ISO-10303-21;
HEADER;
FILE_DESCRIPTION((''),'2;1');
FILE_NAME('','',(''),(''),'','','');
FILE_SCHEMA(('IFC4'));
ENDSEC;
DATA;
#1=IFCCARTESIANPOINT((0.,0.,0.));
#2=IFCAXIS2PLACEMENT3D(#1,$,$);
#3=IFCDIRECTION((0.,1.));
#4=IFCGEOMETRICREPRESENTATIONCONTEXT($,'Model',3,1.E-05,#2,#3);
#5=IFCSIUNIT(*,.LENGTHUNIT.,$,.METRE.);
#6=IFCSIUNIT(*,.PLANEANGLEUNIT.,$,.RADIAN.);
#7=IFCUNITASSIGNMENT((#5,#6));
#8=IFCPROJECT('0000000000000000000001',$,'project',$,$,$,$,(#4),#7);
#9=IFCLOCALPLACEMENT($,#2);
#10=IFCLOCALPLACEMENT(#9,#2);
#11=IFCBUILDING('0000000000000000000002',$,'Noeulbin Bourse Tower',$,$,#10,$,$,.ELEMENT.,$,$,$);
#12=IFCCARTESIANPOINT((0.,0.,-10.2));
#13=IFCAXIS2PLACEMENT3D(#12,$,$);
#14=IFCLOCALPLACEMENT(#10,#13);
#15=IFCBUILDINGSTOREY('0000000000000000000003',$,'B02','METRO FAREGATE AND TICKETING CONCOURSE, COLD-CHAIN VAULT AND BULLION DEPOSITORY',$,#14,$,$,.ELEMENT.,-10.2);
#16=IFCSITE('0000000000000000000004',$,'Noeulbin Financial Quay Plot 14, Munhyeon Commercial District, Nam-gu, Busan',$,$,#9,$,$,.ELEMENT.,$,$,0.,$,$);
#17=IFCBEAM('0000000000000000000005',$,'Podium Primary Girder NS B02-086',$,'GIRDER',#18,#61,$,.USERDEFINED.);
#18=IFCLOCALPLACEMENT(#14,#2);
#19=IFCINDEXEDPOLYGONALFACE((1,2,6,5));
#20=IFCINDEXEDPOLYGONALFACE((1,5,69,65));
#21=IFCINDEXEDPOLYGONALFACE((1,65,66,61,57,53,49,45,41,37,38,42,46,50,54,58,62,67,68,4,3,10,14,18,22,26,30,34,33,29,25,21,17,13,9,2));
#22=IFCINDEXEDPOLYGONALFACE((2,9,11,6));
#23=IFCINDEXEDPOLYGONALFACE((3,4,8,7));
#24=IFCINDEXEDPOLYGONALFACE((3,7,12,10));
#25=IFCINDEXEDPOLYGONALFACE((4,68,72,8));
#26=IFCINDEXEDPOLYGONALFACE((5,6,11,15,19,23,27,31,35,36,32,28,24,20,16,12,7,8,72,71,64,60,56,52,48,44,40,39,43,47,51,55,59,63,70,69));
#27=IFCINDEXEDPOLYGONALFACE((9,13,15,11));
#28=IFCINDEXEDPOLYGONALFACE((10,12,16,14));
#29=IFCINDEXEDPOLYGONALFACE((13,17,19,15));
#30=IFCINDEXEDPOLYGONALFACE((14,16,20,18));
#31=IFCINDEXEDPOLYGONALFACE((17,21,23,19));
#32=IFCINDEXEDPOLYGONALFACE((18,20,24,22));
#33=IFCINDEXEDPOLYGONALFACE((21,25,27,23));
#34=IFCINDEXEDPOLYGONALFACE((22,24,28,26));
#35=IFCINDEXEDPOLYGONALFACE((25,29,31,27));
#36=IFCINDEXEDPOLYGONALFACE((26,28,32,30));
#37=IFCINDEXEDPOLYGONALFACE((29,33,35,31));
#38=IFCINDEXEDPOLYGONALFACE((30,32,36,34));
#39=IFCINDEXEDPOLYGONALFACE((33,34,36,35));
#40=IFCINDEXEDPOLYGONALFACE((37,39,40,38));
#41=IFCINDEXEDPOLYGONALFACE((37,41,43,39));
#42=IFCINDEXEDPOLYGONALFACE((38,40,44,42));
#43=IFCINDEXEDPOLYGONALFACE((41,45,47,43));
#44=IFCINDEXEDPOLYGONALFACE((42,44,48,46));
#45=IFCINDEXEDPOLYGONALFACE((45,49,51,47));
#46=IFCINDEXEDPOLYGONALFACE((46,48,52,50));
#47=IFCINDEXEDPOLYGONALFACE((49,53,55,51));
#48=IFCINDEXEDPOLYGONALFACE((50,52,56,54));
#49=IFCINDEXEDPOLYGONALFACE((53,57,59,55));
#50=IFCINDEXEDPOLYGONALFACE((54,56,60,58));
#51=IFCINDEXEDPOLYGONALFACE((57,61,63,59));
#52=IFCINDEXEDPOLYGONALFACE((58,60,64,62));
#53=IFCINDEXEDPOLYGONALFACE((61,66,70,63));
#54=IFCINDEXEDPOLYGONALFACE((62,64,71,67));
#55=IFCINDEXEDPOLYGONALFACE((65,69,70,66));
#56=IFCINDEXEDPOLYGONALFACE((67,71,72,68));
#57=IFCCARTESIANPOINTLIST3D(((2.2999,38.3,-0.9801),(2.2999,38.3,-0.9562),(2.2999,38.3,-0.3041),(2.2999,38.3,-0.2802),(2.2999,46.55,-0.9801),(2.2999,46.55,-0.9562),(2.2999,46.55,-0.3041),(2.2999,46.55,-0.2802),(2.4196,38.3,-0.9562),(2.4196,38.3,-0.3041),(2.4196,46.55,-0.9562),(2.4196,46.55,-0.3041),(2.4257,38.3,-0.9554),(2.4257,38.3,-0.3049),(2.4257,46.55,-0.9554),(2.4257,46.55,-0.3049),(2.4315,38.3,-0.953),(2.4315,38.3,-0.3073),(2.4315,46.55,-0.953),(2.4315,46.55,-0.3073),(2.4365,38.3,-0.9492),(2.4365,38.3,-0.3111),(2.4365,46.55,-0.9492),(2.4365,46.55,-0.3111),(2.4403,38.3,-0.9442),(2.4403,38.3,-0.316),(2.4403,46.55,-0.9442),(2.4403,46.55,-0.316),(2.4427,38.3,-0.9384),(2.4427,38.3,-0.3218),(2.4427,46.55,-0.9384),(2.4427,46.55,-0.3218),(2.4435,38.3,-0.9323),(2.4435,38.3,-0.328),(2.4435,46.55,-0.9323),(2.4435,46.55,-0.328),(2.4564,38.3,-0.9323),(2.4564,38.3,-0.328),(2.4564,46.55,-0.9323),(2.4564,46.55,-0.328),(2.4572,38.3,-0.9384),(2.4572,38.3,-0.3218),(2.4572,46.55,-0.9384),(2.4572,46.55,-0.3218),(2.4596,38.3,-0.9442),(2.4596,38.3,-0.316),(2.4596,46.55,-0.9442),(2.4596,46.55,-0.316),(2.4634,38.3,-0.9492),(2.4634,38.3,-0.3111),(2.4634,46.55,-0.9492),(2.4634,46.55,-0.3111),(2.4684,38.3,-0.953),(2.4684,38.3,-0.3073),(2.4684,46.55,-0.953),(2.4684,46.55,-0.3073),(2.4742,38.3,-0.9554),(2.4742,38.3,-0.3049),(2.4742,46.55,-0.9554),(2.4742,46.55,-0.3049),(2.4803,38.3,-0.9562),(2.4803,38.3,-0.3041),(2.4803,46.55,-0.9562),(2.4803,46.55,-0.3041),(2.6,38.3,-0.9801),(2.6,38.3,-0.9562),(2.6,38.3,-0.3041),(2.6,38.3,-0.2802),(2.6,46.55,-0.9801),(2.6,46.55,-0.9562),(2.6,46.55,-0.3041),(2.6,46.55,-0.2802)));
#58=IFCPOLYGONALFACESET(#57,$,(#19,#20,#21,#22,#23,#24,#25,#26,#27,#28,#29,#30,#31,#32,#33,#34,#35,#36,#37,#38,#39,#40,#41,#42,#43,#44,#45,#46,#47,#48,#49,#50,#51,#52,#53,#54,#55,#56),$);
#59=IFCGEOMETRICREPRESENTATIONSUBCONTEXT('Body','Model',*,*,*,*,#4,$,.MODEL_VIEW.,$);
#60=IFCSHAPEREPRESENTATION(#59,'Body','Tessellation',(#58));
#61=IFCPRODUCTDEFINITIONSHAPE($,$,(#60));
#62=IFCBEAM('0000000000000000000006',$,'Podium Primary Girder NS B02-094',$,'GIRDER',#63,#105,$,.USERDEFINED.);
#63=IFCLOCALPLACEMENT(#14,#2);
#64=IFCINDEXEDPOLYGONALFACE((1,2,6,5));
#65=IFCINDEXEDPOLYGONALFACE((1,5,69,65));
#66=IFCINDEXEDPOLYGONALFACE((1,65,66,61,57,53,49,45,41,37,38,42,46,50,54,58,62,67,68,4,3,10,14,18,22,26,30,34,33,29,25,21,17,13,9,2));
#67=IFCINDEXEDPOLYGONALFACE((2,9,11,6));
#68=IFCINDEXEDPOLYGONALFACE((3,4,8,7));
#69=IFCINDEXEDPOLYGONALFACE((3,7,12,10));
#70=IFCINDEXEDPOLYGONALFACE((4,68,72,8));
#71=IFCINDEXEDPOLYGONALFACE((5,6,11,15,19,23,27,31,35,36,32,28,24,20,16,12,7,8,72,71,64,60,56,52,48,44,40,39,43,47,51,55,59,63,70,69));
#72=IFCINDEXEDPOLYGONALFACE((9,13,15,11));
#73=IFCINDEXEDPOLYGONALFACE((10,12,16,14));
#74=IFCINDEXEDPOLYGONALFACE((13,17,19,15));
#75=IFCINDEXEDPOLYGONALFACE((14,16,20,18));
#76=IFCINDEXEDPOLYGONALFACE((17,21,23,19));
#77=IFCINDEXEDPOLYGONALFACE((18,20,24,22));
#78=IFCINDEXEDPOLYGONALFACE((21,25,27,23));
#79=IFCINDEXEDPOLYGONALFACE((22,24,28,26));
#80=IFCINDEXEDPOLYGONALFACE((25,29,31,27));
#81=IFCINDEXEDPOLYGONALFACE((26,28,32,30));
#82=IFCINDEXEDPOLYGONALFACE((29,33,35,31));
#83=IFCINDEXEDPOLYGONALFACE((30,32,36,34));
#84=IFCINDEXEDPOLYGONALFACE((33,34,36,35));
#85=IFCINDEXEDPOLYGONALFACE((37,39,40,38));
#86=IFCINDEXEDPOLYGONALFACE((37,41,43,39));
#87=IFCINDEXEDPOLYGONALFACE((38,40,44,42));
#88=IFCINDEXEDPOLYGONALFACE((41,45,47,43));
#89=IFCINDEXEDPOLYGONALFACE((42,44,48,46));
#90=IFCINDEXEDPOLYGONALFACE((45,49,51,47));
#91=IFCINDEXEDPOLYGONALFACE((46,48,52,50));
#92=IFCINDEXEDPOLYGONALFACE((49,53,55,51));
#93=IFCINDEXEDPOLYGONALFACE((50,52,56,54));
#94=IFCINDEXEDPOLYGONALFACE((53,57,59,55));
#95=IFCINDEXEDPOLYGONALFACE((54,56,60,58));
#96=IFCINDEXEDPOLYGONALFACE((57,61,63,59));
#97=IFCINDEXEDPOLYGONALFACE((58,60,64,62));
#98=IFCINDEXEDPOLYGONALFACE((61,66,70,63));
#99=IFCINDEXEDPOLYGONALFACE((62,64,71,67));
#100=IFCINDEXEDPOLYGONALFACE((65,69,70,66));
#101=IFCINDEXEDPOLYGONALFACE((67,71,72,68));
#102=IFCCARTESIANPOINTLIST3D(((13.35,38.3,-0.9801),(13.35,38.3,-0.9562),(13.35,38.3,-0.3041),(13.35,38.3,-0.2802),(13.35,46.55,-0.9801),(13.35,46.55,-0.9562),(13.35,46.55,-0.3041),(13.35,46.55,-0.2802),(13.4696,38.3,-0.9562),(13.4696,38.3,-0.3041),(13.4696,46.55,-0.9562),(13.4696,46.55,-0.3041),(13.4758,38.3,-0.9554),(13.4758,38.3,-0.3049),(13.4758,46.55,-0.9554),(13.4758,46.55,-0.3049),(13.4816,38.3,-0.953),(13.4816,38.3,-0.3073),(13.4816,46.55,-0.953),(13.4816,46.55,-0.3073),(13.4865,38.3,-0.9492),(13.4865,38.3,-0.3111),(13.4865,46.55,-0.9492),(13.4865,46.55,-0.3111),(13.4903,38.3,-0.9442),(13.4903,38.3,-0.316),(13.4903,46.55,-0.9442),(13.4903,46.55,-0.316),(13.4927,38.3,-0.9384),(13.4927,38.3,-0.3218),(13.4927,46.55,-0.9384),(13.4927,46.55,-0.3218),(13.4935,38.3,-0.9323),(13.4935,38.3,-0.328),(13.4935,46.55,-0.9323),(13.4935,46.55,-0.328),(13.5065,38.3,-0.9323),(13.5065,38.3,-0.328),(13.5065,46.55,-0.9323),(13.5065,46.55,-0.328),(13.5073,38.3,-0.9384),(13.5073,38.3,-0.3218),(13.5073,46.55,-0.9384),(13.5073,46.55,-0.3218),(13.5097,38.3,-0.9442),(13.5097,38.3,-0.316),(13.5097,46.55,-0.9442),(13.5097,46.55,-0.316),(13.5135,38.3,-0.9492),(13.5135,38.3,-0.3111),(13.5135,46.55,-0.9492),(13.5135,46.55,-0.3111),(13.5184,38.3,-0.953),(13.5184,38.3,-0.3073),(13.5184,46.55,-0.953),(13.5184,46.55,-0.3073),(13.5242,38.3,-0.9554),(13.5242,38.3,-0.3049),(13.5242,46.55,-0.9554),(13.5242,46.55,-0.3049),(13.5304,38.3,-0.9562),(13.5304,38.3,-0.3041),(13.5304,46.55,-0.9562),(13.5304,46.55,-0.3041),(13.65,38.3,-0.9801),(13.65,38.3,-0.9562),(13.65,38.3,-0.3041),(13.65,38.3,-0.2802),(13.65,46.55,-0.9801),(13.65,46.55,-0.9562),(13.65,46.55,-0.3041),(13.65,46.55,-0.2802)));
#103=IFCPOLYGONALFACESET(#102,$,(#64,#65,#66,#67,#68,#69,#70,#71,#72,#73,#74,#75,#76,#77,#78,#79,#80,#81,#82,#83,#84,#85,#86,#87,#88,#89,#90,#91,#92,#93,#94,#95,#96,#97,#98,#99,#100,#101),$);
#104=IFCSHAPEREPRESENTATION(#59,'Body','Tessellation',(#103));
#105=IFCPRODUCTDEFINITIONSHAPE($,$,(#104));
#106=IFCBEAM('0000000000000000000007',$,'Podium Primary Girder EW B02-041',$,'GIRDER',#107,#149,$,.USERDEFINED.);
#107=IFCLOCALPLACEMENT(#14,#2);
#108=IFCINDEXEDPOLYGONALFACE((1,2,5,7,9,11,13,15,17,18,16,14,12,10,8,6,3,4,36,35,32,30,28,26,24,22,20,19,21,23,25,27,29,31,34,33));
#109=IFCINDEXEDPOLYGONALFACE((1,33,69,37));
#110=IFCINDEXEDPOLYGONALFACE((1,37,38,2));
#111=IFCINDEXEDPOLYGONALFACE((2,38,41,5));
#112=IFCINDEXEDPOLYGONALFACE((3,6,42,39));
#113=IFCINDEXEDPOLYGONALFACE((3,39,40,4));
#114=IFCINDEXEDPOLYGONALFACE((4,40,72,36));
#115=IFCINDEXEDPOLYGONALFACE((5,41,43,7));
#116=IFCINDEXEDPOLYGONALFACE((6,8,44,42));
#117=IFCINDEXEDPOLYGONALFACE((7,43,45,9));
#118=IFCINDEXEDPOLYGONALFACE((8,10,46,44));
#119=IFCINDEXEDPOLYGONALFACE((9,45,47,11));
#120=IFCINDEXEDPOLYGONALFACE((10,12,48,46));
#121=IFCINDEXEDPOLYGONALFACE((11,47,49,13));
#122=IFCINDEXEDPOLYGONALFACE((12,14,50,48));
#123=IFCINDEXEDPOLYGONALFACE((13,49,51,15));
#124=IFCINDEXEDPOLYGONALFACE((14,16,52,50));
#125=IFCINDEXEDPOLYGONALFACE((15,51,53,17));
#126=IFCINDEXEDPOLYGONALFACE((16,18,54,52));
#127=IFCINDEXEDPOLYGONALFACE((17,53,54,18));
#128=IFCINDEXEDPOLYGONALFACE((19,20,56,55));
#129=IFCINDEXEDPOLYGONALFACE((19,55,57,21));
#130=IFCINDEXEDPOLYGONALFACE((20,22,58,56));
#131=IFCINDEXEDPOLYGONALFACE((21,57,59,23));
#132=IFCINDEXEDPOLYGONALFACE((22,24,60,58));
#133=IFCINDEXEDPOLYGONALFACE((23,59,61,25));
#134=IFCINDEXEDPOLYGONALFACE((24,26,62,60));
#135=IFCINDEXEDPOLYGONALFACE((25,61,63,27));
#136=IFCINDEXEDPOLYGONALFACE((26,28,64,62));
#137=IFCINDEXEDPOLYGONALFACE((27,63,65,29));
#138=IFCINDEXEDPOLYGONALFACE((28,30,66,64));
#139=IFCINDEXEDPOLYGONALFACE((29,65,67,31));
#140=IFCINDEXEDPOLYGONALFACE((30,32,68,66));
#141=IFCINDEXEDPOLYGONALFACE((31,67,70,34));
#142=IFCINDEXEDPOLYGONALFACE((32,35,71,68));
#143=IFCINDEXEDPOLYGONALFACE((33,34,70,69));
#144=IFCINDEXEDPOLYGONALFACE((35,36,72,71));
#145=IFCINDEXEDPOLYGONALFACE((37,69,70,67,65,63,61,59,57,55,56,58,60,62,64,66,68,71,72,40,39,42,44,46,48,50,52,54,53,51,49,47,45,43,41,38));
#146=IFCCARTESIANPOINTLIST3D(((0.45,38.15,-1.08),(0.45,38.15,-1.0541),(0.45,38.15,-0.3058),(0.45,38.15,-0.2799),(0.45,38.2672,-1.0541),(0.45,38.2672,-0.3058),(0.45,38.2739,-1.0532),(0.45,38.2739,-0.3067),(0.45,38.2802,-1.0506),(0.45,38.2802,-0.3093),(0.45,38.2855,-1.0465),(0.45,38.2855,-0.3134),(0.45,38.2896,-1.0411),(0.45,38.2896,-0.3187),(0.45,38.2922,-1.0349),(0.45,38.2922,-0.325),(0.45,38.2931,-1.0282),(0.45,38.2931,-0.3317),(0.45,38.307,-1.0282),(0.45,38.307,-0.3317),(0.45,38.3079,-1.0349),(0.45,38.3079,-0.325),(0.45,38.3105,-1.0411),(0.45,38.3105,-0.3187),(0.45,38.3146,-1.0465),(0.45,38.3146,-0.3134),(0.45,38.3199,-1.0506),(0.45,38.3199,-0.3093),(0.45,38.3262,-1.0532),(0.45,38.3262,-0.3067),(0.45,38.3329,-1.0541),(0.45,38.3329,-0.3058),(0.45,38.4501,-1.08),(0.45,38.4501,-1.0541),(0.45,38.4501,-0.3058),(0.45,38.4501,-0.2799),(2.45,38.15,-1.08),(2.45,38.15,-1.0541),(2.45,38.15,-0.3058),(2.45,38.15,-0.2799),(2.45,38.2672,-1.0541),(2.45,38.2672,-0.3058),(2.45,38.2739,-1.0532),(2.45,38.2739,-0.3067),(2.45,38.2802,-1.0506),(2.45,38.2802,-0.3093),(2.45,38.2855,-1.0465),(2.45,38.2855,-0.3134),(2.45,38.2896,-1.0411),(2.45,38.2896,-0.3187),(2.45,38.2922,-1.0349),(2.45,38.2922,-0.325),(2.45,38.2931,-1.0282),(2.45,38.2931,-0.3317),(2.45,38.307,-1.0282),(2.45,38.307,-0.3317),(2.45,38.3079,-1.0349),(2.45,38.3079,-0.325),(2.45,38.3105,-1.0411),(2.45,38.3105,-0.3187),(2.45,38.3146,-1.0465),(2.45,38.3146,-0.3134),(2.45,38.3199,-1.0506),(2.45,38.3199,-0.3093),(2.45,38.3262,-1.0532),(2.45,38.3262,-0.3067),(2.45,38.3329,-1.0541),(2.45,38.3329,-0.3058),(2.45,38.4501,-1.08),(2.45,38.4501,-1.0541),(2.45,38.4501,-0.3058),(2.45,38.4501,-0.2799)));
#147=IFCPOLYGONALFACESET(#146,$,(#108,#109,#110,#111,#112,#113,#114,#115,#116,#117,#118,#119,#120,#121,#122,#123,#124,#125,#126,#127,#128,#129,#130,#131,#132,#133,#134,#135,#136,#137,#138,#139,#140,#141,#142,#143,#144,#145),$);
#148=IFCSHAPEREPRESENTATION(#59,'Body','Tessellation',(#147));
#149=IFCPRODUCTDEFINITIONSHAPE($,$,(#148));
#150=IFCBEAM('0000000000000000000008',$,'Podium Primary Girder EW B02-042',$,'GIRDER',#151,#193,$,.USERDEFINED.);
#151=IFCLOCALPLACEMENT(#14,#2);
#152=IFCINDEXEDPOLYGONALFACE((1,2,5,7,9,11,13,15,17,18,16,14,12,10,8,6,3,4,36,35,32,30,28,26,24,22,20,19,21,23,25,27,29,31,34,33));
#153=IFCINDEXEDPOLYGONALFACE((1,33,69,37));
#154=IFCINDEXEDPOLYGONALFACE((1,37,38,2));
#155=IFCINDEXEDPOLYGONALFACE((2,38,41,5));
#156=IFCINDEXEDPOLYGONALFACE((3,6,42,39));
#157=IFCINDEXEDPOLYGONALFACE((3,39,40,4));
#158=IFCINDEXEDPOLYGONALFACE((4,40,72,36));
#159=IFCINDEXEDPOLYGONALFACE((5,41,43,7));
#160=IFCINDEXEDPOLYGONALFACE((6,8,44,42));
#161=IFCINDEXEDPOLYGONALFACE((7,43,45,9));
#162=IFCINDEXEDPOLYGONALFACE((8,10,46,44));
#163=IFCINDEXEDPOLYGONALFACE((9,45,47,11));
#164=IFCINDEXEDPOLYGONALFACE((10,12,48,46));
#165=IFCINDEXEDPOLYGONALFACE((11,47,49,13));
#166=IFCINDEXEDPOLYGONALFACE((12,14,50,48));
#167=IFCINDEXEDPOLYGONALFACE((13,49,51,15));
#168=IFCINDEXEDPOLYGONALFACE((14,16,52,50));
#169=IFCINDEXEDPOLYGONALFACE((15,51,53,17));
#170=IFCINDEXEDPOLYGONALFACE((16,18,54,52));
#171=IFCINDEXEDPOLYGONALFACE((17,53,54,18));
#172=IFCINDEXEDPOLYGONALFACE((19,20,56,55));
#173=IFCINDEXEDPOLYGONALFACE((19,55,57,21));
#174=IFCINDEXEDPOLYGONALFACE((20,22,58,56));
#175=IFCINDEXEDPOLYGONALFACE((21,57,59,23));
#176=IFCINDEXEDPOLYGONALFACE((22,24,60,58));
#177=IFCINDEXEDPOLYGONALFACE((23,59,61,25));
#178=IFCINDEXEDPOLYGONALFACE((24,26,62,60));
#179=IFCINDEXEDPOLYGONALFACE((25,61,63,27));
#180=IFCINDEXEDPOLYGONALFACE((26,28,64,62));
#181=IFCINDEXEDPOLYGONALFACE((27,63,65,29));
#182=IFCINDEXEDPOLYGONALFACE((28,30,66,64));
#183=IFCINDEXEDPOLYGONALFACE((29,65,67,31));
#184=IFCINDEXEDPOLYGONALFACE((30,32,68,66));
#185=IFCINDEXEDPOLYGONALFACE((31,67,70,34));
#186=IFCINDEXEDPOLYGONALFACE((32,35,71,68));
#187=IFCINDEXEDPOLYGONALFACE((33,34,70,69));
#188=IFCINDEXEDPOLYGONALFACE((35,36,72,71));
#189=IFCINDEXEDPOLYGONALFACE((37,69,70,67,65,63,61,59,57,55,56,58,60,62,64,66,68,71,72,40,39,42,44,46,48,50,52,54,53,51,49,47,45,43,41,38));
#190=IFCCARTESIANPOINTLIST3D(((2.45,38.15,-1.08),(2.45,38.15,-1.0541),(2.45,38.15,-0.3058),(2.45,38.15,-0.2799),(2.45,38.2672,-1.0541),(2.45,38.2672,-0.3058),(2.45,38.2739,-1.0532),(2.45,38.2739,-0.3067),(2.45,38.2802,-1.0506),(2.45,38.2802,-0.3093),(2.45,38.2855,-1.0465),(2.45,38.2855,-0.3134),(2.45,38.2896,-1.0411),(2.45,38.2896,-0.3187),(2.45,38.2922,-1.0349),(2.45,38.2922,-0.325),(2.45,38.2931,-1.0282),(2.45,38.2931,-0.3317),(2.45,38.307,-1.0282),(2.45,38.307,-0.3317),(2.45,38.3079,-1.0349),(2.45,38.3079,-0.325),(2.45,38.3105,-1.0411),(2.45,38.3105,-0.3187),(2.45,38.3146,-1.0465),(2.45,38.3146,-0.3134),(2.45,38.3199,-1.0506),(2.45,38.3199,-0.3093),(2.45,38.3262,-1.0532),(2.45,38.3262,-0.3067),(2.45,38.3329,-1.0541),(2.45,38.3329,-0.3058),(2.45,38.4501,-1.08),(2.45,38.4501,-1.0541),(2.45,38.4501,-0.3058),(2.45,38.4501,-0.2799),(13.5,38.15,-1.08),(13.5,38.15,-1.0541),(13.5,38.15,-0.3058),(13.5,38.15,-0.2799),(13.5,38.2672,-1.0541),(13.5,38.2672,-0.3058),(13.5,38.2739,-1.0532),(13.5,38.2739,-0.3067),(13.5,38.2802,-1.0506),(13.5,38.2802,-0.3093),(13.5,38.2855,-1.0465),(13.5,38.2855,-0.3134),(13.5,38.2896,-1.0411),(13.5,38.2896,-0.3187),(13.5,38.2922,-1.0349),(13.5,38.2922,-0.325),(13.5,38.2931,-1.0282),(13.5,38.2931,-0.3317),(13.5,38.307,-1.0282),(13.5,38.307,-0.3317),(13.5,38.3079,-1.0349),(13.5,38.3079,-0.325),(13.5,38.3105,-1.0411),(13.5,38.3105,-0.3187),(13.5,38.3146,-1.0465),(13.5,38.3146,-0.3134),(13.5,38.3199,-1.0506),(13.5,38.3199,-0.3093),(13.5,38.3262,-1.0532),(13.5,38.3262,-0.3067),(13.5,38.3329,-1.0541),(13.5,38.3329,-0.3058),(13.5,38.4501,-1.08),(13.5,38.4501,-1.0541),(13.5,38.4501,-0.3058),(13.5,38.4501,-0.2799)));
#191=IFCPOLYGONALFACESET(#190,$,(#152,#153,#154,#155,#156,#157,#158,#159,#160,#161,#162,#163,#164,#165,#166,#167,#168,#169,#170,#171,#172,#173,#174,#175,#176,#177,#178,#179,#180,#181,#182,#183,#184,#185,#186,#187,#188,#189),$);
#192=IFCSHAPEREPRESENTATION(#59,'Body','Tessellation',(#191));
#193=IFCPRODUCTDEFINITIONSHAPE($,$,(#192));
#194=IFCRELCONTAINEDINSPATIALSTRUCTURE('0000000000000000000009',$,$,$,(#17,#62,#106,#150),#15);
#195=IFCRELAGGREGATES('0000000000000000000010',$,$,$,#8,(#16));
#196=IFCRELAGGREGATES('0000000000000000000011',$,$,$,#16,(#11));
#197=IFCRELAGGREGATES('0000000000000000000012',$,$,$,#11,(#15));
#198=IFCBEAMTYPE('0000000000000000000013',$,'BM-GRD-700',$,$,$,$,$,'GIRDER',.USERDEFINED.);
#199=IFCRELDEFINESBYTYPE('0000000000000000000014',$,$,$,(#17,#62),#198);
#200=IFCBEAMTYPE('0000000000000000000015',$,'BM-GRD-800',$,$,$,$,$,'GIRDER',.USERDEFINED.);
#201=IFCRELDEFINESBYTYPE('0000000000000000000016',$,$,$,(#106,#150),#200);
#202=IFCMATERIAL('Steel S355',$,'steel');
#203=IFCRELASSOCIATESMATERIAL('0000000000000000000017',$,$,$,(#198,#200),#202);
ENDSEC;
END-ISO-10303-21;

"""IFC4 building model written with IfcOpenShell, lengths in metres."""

from ifc_helpers import new_model, si_unit, direction, frame, origin, origin_2d, place, context, subcontext, project, spatial, i_section, extrude, material, material_profile, profile_set, type_object, element, save


model = new_model("IFC4")

# Units and contexts
model_context = context("Model", 3, precision=1e-05, world=origin(), true_north=direction((0.0, 1.0)))
body_context = subcontext(model_context, "Body", "Model", "MODEL_VIEW")
ifc_project = project(units=[si_unit("LENGTHUNIT", "METRE"), si_unit("PLANEANGLEUNIT", "RADIAN")], contexts=[model_context])

# Site, building, storey
site_placement = place(None, origin())
site = spatial("IfcSite", under=ifc_project, at=site_placement, Name="Noeulbin Financial Quay Plot 14, Munhyeon Commercial District, Nam-gu, Busan", CompositionType="ELEMENT", RefElevation=0.0)
building_placement = place(site_placement, origin())
building = spatial("IfcBuilding", under=site, at=building_placement, Name="Noeulbin Bourse Tower", CompositionType="ELEMENT")
storey_placement = place(building_placement, frame((0.0, 0.0, -10.2)))
storey = spatial("IfcBuildingStorey", under=building, at=storey_placement, Name="B02", Description="METRO FAREGATE AND TICKETING CONCOURSE, COLD-CHAIN VAULT AND BULLION DEPOSITORY", CompositionType="ELEMENT", Elevation=-10.2)

# Beams
ifc_material_1 = material(Name="Steel S355", Category="steel")
ifc_material_profile_1 = material_profile(ifc_material_1, i_section(OverallWidth=0.3, OverallDepth=0.7, WebThickness=0.0129, FlangeThickness=0.0239, FilletRadius=0.0239, at=origin_2d()), Name="H-700x300x13x24", Category="LoadBearing")
ifc_profile_set_1 = profile_set([ifc_material_profile_1], Name="Steel S355")
beam_type_1 = type_object("IfcBeamType", Name="BM-GRD-700", ElementType="GIRDER", PredefinedType="USERDEFINED", material=ifc_profile_set_1)
for number, where, z_axis, x_axis, name in (
    (1, (2.45, 38.3, -0.6301), (0.0, 1.0, 0.0), (-1.0, 0.0, 0.0), "Podium Primary Girder NS B02-086"),
    (2, (13.5, 38.3, -0.6301), (0.0, 1.0, 0.0), (-1.0, 0.0, 0.0), "Podium Primary Girder NS B02-094"),
):
    element("IfcBeam", number, at=place(storey_placement, frame(where, z_axis=z_axis, x_axis=x_axis)), inside=storey, type_object=beam_type_1, Name=name, ObjectType="GIRDER", PredefinedType="USERDEFINED", context=body_context, shape_type="SweptSolid", body=[
        extrude(i_section(OverallWidth=0.3, OverallDepth=0.7, WebThickness=0.0129, FlangeThickness=0.0239, FilletRadius=0.0239, at=origin_2d()), origin(), (0.0, 0.0, 1.0), 8.25),
    ])
ifc_material_profile_2 = material_profile(ifc_material_1, i_section(OverallWidth=0.3, OverallDepth=0.8, WebThickness=0.0139, FlangeThickness=0.0259, FilletRadius=0.0259, at=origin_2d()), Name="H-800x300x14x26", Category="LoadBearing")
ifc_profile_set_2 = profile_set([ifc_material_profile_2], Name="Steel S355")
beam_type_2 = type_object("IfcBeamType", Name="BM-GRD-800", ElementType="GIRDER", PredefinedType="USERDEFINED", material=ifc_profile_set_2)
beam_1_placement = place(storey_placement, frame((0.45, 38.3, -0.6799), z_axis=(1.0, 0.0, 0.0), x_axis=(0.0, 1.0, 0.0)))
element("IfcBeam", 3, at=beam_1_placement, inside=storey, type_object=beam_type_2, Name="Podium Primary Girder EW B02-041", ObjectType="GIRDER", PredefinedType="USERDEFINED", context=body_context, shape_type="SweptSolid", body=[
    extrude(i_section(OverallWidth=0.3, OverallDepth=0.8, WebThickness=0.0139, FlangeThickness=0.0259, FilletRadius=0.0259, at=origin_2d()), origin(), (0.0, 0.0, 1.0), 2.0),
])
beam_2_placement = place(storey_placement, frame((2.45, 38.3, -0.6799), z_axis=(1.0, 0.0, 0.0), x_axis=(0.0, 1.0, 0.0)))
element("IfcBeam", 4, at=beam_2_placement, inside=storey, type_object=beam_type_2, Name="Podium Primary Girder EW B02-042", ObjectType="GIRDER", PredefinedType="USERDEFINED", context=body_context, shape_type="SweptSolid", body=[
    extrude(i_section(OverallWidth=0.3, OverallDepth=0.8, WebThickness=0.0139, FlangeThickness=0.0259, FilletRadius=0.0259, at=origin_2d()), origin(), (0.0, 0.0, 1.0), 11.05),
])

save(model, "model.ifc")
